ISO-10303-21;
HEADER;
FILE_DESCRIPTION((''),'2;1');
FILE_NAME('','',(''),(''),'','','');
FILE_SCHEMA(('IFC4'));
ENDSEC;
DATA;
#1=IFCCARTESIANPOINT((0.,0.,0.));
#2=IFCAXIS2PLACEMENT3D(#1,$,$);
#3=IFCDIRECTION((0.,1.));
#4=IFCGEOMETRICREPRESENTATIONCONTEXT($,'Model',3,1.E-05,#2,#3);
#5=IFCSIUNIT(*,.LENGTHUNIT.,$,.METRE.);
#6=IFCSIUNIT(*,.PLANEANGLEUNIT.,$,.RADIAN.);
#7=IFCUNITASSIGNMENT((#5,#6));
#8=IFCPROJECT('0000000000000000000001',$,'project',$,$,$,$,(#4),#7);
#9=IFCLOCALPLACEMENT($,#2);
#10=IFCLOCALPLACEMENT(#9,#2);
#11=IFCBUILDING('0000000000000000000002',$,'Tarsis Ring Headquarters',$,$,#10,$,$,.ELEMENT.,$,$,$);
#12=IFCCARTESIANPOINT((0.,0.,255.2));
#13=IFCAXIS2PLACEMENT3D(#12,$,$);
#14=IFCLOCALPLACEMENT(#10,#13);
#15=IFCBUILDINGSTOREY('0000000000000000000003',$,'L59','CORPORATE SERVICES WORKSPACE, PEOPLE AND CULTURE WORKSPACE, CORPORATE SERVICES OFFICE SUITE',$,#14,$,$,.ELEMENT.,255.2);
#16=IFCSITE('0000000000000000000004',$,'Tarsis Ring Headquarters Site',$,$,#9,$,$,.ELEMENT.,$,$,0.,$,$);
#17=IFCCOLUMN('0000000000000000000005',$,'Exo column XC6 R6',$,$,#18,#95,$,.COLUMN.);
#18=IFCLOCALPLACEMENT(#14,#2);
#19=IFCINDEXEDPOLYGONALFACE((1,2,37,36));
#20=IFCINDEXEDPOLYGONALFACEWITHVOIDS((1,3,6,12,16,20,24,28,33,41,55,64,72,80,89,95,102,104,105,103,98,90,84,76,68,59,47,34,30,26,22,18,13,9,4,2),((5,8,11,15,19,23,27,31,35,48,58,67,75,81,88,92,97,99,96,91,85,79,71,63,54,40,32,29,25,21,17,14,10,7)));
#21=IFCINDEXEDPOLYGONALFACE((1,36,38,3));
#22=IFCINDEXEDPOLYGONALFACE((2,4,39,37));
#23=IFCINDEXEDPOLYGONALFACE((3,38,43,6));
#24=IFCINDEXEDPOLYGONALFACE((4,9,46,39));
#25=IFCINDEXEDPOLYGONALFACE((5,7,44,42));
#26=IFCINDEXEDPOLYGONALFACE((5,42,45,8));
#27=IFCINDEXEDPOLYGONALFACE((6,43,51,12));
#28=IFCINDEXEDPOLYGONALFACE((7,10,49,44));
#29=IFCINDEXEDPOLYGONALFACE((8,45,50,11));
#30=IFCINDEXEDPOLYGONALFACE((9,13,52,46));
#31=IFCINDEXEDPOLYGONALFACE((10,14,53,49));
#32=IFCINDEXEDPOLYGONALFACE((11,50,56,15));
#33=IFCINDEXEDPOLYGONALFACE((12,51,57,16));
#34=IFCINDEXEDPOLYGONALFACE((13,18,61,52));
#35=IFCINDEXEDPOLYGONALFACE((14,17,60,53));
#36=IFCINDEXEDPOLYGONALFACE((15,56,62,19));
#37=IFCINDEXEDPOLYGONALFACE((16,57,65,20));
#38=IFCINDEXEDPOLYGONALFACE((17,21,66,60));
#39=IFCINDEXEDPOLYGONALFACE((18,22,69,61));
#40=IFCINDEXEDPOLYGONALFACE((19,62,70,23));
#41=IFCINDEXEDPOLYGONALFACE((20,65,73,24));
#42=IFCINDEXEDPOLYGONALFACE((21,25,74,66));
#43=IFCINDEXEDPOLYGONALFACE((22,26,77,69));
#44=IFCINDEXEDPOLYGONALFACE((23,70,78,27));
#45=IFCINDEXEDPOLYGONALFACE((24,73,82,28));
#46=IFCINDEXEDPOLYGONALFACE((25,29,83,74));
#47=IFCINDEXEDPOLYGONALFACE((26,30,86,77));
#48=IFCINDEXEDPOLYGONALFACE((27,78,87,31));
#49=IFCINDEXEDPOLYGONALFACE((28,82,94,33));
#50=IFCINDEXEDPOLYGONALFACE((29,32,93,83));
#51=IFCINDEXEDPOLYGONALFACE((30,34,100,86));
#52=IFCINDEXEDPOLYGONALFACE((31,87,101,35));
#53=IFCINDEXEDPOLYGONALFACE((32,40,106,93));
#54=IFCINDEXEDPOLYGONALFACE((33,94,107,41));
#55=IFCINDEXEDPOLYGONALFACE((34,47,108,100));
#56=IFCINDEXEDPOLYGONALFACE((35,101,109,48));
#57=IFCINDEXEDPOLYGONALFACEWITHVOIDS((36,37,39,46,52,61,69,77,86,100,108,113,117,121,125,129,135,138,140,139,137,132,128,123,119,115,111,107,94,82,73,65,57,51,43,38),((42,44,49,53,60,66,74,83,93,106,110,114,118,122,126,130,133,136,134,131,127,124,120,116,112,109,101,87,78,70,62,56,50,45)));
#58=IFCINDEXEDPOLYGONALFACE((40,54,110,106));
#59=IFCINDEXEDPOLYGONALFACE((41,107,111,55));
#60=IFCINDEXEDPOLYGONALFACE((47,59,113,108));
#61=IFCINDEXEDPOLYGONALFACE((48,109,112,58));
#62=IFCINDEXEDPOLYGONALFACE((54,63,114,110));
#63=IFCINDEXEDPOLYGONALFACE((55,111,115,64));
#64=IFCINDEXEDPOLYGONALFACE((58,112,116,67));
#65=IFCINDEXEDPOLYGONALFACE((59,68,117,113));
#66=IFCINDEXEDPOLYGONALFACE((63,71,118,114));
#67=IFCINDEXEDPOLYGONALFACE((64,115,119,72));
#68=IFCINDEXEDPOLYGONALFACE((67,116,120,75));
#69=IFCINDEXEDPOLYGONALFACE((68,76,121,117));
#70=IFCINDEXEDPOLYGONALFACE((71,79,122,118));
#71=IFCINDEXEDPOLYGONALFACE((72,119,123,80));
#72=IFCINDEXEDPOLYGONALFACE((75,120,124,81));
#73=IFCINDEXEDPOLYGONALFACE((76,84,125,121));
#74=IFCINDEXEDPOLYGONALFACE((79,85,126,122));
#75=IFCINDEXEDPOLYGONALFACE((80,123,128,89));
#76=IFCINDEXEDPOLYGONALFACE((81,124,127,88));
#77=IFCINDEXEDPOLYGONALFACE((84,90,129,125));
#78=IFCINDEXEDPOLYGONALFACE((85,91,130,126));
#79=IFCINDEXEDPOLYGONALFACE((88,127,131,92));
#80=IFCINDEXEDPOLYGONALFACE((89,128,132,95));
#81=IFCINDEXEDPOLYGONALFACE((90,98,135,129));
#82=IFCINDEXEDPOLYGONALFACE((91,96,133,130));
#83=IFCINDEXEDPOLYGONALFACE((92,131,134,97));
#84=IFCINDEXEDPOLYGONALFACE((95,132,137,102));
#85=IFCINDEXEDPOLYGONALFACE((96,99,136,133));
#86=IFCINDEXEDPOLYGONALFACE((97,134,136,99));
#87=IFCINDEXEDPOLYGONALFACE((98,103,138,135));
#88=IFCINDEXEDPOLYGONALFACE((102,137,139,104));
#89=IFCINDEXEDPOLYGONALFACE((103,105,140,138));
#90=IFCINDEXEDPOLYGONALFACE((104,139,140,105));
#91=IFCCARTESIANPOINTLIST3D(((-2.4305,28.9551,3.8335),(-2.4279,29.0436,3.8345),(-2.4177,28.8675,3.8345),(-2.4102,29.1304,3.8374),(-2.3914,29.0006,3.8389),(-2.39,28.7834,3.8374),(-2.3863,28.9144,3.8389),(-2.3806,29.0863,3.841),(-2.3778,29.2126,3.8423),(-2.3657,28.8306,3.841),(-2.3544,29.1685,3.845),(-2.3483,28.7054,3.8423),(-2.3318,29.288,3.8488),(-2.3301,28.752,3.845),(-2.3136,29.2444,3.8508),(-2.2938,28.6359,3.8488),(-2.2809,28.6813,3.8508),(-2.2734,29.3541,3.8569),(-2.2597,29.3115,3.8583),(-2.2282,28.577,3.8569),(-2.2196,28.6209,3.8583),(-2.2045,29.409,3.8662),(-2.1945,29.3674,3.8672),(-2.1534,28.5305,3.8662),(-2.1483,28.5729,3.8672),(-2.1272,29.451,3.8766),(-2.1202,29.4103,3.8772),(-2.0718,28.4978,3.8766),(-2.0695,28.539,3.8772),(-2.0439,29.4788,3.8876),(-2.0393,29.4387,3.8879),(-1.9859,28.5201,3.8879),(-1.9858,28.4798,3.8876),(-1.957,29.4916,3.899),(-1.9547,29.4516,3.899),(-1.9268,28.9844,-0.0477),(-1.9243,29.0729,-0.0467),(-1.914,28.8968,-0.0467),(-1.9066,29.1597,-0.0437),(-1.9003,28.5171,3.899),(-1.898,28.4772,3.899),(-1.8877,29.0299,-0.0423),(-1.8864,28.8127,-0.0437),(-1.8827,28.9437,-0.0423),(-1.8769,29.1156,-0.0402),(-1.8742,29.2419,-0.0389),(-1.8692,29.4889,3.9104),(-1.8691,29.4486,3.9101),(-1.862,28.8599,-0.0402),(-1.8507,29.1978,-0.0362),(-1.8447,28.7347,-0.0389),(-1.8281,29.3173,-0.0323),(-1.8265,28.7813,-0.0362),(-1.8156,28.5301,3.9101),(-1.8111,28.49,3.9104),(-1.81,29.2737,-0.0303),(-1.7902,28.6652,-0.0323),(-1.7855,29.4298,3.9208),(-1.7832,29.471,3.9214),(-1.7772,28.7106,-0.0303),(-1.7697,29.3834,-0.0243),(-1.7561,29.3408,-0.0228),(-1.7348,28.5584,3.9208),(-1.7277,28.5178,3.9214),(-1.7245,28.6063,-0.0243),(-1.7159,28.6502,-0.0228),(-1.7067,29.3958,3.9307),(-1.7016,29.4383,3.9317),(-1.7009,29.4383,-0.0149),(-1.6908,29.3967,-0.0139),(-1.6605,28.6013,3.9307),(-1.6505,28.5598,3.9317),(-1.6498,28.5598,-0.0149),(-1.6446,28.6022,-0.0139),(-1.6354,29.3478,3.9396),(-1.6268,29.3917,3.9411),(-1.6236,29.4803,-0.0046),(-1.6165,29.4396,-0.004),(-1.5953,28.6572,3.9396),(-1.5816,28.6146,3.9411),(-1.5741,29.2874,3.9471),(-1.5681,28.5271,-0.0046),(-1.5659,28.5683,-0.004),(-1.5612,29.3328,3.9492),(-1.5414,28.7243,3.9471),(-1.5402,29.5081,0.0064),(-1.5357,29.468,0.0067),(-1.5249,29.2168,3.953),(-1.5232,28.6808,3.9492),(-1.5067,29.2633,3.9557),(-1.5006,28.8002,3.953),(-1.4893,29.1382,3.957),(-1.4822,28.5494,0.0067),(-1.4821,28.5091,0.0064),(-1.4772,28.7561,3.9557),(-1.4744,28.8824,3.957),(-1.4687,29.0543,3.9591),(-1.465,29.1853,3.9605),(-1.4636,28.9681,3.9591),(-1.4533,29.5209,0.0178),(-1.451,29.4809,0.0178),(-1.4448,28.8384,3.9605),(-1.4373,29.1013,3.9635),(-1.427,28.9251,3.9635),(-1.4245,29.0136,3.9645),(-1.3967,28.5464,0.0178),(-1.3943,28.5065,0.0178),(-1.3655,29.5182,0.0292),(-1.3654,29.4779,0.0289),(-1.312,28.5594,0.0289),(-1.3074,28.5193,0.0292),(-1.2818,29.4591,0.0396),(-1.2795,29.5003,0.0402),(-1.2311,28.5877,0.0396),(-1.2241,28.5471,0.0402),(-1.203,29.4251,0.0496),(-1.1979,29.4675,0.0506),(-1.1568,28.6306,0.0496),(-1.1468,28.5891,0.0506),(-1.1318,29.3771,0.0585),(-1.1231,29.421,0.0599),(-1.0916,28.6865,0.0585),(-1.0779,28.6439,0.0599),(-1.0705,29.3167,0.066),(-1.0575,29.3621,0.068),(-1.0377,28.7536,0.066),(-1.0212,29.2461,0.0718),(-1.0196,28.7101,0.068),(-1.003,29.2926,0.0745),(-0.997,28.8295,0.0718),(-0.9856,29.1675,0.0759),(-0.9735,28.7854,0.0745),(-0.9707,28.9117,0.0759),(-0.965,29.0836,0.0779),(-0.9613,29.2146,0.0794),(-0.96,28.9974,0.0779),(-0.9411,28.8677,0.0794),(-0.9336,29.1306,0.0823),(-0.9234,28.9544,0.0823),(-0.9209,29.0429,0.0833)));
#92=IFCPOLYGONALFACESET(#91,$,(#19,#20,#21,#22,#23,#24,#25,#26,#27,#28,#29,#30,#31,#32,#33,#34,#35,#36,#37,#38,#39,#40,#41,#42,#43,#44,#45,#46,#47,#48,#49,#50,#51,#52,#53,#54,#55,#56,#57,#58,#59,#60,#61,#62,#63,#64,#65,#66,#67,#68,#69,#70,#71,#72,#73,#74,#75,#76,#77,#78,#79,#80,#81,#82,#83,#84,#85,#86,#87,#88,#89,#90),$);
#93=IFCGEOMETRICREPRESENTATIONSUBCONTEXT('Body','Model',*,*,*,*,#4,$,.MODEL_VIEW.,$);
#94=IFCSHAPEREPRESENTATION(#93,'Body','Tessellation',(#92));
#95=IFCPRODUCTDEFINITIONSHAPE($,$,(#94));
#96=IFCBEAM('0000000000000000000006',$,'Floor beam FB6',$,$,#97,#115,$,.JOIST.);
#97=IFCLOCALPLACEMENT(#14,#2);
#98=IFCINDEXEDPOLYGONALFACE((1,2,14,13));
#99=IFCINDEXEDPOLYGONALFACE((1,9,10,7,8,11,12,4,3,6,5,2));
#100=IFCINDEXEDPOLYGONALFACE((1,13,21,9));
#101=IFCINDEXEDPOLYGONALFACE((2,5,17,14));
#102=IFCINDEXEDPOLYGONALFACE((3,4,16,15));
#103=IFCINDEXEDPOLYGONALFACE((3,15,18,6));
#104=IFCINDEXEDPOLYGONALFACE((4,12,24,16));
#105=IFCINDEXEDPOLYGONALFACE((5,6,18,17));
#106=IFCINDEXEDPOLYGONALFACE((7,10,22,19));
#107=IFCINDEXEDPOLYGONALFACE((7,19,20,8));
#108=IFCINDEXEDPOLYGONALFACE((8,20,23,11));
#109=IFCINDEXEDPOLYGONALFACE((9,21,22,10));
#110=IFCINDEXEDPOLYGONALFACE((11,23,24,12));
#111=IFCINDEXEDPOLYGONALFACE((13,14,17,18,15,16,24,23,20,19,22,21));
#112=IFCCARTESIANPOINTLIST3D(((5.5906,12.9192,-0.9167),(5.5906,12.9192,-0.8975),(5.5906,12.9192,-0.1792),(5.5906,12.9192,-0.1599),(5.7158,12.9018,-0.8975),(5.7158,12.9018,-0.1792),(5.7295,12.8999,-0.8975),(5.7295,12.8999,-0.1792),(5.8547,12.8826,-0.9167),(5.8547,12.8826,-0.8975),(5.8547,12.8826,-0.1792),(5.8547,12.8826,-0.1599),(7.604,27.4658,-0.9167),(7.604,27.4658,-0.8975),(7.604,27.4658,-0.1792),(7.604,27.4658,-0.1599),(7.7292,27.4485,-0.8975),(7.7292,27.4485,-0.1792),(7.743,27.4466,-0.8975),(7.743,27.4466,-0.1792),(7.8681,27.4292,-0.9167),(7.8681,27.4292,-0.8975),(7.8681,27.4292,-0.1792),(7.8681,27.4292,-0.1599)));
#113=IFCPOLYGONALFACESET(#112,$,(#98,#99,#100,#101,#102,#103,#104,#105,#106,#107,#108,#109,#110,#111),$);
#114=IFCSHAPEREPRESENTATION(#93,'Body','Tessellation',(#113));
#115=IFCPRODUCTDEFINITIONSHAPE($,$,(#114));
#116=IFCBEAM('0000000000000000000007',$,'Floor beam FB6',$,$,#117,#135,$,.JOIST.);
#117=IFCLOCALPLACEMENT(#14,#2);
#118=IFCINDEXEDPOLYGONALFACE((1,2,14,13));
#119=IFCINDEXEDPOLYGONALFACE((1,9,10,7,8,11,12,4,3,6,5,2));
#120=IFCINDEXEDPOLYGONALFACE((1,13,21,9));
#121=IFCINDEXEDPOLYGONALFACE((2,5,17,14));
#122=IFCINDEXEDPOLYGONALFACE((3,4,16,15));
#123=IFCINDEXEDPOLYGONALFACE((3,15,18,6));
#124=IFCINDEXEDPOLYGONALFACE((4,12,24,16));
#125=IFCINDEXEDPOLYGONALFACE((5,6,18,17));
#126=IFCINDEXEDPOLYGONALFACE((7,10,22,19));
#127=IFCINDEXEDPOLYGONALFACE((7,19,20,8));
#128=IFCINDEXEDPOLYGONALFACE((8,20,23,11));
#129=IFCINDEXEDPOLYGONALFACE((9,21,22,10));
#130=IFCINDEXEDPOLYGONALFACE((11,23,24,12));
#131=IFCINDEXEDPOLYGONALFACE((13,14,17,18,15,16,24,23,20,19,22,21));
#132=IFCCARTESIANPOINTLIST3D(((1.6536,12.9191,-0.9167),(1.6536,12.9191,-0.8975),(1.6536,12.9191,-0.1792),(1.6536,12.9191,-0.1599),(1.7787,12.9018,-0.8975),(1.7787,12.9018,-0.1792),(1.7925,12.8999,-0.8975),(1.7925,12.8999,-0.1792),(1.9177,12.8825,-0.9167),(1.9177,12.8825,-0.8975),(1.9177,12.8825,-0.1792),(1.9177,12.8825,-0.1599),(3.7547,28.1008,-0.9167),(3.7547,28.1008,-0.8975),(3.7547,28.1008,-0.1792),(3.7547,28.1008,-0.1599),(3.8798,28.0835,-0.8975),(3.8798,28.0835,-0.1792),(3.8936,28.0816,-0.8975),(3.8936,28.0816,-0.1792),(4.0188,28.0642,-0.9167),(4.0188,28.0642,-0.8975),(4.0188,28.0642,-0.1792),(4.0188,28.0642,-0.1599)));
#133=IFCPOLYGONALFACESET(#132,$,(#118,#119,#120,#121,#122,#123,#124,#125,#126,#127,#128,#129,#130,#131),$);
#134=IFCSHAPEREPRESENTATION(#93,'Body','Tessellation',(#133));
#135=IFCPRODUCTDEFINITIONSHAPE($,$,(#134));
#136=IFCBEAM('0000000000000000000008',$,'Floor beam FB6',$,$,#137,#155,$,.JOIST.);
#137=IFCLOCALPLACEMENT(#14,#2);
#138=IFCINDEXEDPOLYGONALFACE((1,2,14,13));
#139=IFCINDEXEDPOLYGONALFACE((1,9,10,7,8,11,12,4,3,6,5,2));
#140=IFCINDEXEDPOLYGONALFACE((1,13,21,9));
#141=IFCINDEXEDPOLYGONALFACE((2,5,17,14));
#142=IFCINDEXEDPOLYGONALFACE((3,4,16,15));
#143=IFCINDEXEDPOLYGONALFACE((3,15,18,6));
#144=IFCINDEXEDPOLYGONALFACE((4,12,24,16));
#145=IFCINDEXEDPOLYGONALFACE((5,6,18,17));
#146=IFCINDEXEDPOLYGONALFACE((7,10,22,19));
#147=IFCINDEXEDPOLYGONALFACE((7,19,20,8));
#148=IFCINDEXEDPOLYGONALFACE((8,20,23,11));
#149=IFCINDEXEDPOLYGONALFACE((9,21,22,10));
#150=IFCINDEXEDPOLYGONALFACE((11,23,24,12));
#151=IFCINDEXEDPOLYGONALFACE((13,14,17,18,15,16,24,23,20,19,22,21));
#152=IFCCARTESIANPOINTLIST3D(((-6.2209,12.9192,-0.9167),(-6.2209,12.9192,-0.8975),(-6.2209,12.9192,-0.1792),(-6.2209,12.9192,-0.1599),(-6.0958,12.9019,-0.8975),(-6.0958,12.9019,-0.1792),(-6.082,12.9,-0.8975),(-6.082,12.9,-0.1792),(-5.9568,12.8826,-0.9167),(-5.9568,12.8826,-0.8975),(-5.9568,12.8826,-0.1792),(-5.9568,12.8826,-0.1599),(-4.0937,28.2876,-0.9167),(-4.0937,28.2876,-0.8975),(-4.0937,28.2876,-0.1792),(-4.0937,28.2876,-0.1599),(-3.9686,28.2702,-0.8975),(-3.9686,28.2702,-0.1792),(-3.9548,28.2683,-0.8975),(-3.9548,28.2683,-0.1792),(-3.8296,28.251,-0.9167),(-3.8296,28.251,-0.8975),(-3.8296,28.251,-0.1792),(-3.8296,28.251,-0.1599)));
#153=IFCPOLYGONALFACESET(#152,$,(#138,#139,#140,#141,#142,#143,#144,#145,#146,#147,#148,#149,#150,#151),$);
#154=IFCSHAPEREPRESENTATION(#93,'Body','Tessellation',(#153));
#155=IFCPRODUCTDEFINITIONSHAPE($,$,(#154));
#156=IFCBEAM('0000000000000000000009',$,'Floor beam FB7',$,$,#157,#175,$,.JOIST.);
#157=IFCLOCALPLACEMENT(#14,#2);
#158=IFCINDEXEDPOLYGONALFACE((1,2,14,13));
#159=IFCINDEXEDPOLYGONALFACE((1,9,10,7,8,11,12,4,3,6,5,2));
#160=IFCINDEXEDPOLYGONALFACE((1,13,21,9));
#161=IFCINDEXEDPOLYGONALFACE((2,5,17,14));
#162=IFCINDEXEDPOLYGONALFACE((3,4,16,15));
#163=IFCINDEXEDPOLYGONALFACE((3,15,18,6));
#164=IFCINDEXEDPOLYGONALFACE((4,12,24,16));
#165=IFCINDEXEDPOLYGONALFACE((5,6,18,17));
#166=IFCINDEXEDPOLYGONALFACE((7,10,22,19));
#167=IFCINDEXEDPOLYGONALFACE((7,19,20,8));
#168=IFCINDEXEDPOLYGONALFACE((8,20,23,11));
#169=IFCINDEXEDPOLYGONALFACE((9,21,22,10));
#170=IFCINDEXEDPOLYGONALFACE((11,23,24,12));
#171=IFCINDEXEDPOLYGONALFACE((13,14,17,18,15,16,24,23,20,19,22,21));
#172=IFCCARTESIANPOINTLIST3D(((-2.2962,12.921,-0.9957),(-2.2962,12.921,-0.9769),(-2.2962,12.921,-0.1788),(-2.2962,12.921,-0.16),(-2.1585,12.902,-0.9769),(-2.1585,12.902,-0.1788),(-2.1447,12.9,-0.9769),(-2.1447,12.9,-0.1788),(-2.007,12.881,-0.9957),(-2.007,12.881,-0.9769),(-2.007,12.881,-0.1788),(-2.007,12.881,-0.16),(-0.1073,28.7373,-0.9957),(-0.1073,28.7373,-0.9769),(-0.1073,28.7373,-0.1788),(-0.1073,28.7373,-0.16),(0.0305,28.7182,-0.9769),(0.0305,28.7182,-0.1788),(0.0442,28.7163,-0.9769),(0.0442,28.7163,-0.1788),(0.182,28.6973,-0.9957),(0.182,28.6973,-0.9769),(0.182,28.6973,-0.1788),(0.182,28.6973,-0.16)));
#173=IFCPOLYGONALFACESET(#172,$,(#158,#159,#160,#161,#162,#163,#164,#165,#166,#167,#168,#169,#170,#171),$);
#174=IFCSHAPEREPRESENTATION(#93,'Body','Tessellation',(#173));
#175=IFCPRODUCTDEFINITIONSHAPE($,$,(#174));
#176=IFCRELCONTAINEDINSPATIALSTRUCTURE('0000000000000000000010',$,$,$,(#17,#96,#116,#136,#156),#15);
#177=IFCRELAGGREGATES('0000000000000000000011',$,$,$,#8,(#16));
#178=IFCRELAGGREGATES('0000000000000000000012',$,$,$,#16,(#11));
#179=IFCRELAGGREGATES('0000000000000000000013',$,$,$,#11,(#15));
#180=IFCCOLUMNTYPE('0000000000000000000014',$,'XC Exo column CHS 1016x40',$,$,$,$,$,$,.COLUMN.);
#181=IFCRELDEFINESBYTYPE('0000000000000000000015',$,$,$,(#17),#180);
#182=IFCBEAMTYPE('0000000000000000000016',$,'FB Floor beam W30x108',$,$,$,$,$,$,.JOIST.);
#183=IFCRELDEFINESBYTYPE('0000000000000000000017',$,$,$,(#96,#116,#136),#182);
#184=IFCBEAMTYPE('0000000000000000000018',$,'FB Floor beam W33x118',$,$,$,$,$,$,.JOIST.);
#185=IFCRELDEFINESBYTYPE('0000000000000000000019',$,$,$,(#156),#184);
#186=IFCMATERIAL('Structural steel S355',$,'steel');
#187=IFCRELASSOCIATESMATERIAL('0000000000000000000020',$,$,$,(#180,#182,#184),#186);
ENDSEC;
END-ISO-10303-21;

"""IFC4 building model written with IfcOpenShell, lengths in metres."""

from ifc_helpers import new_model, si_unit, direction, frame, origin, origin_2d, place, context, subcontext, project, spatial, hollow_circle, i_section, extrude, material, material_profile, profile_set, type_object, element, save


model = new_model("IFC4")

# Units and contexts
model_context = context("Model", 3, precision=1e-05, world=origin(), true_north=direction((0.0, 1.0)))
body_context = subcontext(model_context, "Body", "Model", "MODEL_VIEW")
ifc_project = project(units=[si_unit("LENGTHUNIT", "METRE"), si_unit("PLANEANGLEUNIT", "RADIAN")], contexts=[model_context])

# Site, building, storey
site_placement = place(None, origin())
site = spatial("IfcSite", under=ifc_project, at=site_placement, Name="Tarsis Ring Headquarters Site", CompositionType="ELEMENT", RefElevation=0.0)
building_placement = place(site_placement, origin())
building = spatial("IfcBuilding", under=site, at=building_placement, Name="Tarsis Ring Headquarters", CompositionType="ELEMENT")
storey_placement = place(building_placement, frame((0.0, 0.0, 255.2)))
storey = spatial("IfcBuildingStorey", under=building, at=storey_placement, Name="L59", Description="CORPORATE SERVICES WORKSPACE, PEOPLE AND CULTURE WORKSPACE, CORPORATE SERVICES OFFICE SUITE", CompositionType="ELEMENT", Elevation=255.2)

# Column
ifc_material_1 = material(Name="Structural steel S355", Category="steel")
ifc_material_profile_1 = material_profile(ifc_material_1, hollow_circle(Radius=0.5081, WallThickness=0.04, at=origin_2d()), Name="CHS 1016x40")
ifc_profile_set_1 = profile_set([ifc_material_profile_1], Name="Structural steel S355")
column_type = type_object("IfcColumnType", Name="XC Exo column CHS 1016x40", PredefinedType="COLUMN", material=ifc_profile_set_1)
column_placement = place(storey_placement, frame((-1.4238, 29.0137, 0.0178), z_axis=(-0.12869, -0.007486, 0.991657), x_axis=(0.05807, -0.998313, 0.0)))
element("IfcColumn", 1, at=column_placement, inside=storey, type_object=column_type, Name="Exo column XC6 R6", PredefinedType="COLUMN", context=body_context, shape_type="SweptSolid", body=[
    extrude(hollow_circle(Radius=0.5081, WallThickness=0.04, at=origin_2d()), origin(), (0.0, 0.0, 1.0), 3.9138),
])

# Beams
ifc_material_profile_2 = material_profile(ifc_material_1, i_section(OverallWidth=0.2666, OverallDepth=0.7568, WebThickness=0.0139, FlangeThickness=0.0193, at=origin_2d()), Name="W30x108")
ifc_profile_set_2 = profile_set([ifc_material_profile_2], Name="Structural steel S355")
beam_type_1 = type_object("IfcBeamType", Name="FB Floor beam W30x108", PredefinedType="JOIST", material=ifc_profile_set_2)
beam_1_placement = place(storey_placement, frame((7.7361, 27.4475, -0.5383), z_axis=(-0.137105, -0.990557, 0.0), x_axis=(0.990557, -0.137105, 0.0)))
element("IfcBeam", 2, at=beam_1_placement, inside=storey, type_object=beam_type_1, Name="Floor beam FB6", PredefinedType="JOIST", context=body_context, shape_type="SweptSolid", body=[
    extrude(i_section(OverallWidth=0.2666, OverallDepth=0.7568, WebThickness=0.0139, FlangeThickness=0.0193, at=origin_2d()), origin(), (0.0, 0.0, 1.0), 14.6853),
])
beam_2_placement = place(storey_placement, frame((3.8867, 28.0825, -0.5383), z_axis=(-0.137089, -0.990559, 0.0), x_axis=(0.990559, -0.137089, 0.0)))
element("IfcBeam", 3, at=beam_2_placement, inside=storey, type_object=beam_type_1, Name="Floor beam FB6", PredefinedType="JOIST", context=body_context, shape_type="SweptSolid", body=[
    extrude(i_section(OverallWidth=0.2666, OverallDepth=0.7568, WebThickness=0.0139, FlangeThickness=0.0193, at=origin_2d()), origin(), (0.0, 0.0, 1.0), 15.3264),
])
beam_3_placement = place(storey_placement, frame((-3.9617, 28.2693, -0.5383), z_axis=(-0.137107, -0.990556, 0.0), x_axis=(0.990556, -0.137107, 0.0)))
element("IfcBeam", 4, at=beam_3_placement, inside=storey, type_object=beam_type_1, Name="Floor beam FB6", PredefinedType="JOIST", context=body_context, shape_type="SweptSolid", body=[
    extrude(i_section(OverallWidth=0.2666, OverallDepth=0.7568, WebThickness=0.0139, FlangeThickness=0.0193, at=origin_2d()), origin(), (0.0, 0.0, 1.0), 15.5149),
])
ifc_material_profile_3 = material_profile(ifc_material_1, i_section(OverallWidth=0.292, OverallDepth=0.8357, WebThickness=0.0139, FlangeThickness=0.0188, at=origin_2d()), Name="W33x118")
ifc_profile_set_3 = profile_set([ifc_material_profile_3], Name="Structural steel S355")
beam_type_2 = type_object("IfcBeamType", Name="FB Floor beam W33x118", PredefinedType="JOIST", material=ifc_profile_set_3)
beam_4_placement = place(storey_placement, frame((0.0374, 28.7173, -0.5779), z_axis=(-0.137092, -0.990558, 0.0), x_axis=(0.990558, -0.137092, 0.0)))
element("IfcBeam", 5, at=beam_4_placement, inside=storey, type_object=beam_type_2, Name="Floor beam FB7", PredefinedType="JOIST", context=body_context, shape_type="SweptSolid", body=[
    extrude(i_section(OverallWidth=0.292, OverallDepth=0.8357, WebThickness=0.0139, FlangeThickness=0.0188, at=origin_2d()), origin(), (0.0, 0.0, 1.0), 15.967),
])

save(model, "model.ifc")
